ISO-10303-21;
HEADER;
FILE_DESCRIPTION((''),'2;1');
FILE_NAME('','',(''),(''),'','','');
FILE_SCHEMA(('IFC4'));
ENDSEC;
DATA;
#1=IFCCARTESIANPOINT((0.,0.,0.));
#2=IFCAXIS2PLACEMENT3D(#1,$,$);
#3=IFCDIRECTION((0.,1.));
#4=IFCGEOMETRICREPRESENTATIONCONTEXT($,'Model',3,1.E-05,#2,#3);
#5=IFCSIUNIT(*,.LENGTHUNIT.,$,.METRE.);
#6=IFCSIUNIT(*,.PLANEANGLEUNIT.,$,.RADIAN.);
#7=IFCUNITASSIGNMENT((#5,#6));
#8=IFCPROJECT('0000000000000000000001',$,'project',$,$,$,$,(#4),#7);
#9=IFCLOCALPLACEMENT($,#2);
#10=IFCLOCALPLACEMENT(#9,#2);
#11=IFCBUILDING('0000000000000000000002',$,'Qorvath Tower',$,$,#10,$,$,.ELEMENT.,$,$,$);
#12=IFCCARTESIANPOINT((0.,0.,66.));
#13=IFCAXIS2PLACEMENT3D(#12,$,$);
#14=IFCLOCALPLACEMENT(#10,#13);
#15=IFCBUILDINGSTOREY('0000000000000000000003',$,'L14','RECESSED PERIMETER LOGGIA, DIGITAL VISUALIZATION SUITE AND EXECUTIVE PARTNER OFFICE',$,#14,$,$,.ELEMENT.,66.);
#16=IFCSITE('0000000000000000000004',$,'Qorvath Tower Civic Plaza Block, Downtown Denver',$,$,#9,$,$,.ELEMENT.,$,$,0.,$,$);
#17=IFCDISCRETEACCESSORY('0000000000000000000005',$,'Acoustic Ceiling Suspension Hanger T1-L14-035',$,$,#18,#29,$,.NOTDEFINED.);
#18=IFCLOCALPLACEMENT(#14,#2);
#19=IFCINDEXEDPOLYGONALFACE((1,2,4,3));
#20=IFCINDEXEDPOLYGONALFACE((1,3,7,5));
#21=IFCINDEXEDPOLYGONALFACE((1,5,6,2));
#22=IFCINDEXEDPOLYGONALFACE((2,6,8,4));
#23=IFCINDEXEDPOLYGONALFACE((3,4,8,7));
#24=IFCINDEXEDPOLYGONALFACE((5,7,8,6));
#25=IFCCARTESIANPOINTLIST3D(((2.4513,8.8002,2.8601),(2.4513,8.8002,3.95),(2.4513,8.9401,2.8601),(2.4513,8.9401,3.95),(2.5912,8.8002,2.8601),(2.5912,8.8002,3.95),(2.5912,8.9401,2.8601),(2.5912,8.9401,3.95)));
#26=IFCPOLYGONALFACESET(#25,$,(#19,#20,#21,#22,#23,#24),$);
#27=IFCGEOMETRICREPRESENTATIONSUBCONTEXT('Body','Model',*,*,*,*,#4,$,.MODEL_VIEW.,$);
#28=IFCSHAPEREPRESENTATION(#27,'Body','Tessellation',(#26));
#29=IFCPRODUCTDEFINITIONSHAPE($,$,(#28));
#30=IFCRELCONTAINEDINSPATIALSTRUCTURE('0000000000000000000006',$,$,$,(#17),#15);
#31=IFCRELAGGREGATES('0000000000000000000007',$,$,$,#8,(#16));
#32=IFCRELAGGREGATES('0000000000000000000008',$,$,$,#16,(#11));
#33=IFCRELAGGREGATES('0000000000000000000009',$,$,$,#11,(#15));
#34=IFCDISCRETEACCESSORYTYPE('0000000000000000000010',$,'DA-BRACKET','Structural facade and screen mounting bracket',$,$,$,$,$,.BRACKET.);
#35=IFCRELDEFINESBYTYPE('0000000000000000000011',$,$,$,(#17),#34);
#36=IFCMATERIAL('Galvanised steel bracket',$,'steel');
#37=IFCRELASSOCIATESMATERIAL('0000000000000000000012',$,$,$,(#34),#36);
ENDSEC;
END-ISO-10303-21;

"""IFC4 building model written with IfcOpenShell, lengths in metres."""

from ifc_helpers import new_model, si_unit, direction, frame, origin, origin_2d, place, context, subcontext, project, spatial, rectangle, extrude, material, type_object, element, save


model = new_model("IFC4")

# Units and contexts
model_context = context("Model", 3, precision=1e-05, world=origin(), true_north=direction((0.0, 1.0)))
body_context = subcontext(model_context, "Body", "Model", "MODEL_VIEW")
ifc_project = project(units=[si_unit("LENGTHUNIT", "METRE"), si_unit("PLANEANGLEUNIT", "RADIAN")], contexts=[model_context])

# Site, building, storey
site_placement = place(None, origin())
site = spatial("IfcSite", under=ifc_project, at=site_placement, Name="Qorvath Tower Civic Plaza Block, Downtown Denver", CompositionType="ELEMENT", RefElevation=0.0)
building_placement = place(site_placement, origin())
building = spatial("IfcBuilding", under=site, at=building_placement, Name="Qorvath Tower", CompositionType="ELEMENT")
storey_placement = place(building_placement, frame((0.0, 0.0, 66.0)))
storey = spatial("IfcBuildingStorey", under=building, at=storey_placement, Name="L14", Description="RECESSED PERIMETER LOGGIA, DIGITAL VISUALIZATION SUITE AND EXECUTIVE PARTNER OFFICE", CompositionType="ELEMENT", Elevation=66.0)

# Discrete accessory
ifc_material_1 = material(Name="Galvanised steel bracket", Category="steel")
discrete_accessory_type = type_object("IfcDiscreteAccessoryType", Name="DA-BRACKET", Description="Structural facade and screen mounting bracket", PredefinedType="BRACKET", material=ifc_material_1)
for number, where, z_axis, x_axis, name in (
    (1, (2.5212, 8.8701, 2.8601), (0.0, 0.0, 1.0), (1.0, 0.0, 0.0), "Acoustic Ceiling Suspension Hanger T1-L14-035"),
):
    element("IfcDiscreteAccessory", number, at=place(storey_placement, frame(where, z_axis=z_axis, x_axis=x_axis)), inside=storey, type_object=discrete_accessory_type, Name=name, PredefinedType="NOTDEFINED", context=body_context, shape_type="SweptSolid", body=[
        extrude(rectangle(XDim=0.1399, YDim=0.1399, at=origin_2d()), origin(), (0.0, 0.0, 1.0), 1.0898),
    ])

save(model, "model.ifc")
